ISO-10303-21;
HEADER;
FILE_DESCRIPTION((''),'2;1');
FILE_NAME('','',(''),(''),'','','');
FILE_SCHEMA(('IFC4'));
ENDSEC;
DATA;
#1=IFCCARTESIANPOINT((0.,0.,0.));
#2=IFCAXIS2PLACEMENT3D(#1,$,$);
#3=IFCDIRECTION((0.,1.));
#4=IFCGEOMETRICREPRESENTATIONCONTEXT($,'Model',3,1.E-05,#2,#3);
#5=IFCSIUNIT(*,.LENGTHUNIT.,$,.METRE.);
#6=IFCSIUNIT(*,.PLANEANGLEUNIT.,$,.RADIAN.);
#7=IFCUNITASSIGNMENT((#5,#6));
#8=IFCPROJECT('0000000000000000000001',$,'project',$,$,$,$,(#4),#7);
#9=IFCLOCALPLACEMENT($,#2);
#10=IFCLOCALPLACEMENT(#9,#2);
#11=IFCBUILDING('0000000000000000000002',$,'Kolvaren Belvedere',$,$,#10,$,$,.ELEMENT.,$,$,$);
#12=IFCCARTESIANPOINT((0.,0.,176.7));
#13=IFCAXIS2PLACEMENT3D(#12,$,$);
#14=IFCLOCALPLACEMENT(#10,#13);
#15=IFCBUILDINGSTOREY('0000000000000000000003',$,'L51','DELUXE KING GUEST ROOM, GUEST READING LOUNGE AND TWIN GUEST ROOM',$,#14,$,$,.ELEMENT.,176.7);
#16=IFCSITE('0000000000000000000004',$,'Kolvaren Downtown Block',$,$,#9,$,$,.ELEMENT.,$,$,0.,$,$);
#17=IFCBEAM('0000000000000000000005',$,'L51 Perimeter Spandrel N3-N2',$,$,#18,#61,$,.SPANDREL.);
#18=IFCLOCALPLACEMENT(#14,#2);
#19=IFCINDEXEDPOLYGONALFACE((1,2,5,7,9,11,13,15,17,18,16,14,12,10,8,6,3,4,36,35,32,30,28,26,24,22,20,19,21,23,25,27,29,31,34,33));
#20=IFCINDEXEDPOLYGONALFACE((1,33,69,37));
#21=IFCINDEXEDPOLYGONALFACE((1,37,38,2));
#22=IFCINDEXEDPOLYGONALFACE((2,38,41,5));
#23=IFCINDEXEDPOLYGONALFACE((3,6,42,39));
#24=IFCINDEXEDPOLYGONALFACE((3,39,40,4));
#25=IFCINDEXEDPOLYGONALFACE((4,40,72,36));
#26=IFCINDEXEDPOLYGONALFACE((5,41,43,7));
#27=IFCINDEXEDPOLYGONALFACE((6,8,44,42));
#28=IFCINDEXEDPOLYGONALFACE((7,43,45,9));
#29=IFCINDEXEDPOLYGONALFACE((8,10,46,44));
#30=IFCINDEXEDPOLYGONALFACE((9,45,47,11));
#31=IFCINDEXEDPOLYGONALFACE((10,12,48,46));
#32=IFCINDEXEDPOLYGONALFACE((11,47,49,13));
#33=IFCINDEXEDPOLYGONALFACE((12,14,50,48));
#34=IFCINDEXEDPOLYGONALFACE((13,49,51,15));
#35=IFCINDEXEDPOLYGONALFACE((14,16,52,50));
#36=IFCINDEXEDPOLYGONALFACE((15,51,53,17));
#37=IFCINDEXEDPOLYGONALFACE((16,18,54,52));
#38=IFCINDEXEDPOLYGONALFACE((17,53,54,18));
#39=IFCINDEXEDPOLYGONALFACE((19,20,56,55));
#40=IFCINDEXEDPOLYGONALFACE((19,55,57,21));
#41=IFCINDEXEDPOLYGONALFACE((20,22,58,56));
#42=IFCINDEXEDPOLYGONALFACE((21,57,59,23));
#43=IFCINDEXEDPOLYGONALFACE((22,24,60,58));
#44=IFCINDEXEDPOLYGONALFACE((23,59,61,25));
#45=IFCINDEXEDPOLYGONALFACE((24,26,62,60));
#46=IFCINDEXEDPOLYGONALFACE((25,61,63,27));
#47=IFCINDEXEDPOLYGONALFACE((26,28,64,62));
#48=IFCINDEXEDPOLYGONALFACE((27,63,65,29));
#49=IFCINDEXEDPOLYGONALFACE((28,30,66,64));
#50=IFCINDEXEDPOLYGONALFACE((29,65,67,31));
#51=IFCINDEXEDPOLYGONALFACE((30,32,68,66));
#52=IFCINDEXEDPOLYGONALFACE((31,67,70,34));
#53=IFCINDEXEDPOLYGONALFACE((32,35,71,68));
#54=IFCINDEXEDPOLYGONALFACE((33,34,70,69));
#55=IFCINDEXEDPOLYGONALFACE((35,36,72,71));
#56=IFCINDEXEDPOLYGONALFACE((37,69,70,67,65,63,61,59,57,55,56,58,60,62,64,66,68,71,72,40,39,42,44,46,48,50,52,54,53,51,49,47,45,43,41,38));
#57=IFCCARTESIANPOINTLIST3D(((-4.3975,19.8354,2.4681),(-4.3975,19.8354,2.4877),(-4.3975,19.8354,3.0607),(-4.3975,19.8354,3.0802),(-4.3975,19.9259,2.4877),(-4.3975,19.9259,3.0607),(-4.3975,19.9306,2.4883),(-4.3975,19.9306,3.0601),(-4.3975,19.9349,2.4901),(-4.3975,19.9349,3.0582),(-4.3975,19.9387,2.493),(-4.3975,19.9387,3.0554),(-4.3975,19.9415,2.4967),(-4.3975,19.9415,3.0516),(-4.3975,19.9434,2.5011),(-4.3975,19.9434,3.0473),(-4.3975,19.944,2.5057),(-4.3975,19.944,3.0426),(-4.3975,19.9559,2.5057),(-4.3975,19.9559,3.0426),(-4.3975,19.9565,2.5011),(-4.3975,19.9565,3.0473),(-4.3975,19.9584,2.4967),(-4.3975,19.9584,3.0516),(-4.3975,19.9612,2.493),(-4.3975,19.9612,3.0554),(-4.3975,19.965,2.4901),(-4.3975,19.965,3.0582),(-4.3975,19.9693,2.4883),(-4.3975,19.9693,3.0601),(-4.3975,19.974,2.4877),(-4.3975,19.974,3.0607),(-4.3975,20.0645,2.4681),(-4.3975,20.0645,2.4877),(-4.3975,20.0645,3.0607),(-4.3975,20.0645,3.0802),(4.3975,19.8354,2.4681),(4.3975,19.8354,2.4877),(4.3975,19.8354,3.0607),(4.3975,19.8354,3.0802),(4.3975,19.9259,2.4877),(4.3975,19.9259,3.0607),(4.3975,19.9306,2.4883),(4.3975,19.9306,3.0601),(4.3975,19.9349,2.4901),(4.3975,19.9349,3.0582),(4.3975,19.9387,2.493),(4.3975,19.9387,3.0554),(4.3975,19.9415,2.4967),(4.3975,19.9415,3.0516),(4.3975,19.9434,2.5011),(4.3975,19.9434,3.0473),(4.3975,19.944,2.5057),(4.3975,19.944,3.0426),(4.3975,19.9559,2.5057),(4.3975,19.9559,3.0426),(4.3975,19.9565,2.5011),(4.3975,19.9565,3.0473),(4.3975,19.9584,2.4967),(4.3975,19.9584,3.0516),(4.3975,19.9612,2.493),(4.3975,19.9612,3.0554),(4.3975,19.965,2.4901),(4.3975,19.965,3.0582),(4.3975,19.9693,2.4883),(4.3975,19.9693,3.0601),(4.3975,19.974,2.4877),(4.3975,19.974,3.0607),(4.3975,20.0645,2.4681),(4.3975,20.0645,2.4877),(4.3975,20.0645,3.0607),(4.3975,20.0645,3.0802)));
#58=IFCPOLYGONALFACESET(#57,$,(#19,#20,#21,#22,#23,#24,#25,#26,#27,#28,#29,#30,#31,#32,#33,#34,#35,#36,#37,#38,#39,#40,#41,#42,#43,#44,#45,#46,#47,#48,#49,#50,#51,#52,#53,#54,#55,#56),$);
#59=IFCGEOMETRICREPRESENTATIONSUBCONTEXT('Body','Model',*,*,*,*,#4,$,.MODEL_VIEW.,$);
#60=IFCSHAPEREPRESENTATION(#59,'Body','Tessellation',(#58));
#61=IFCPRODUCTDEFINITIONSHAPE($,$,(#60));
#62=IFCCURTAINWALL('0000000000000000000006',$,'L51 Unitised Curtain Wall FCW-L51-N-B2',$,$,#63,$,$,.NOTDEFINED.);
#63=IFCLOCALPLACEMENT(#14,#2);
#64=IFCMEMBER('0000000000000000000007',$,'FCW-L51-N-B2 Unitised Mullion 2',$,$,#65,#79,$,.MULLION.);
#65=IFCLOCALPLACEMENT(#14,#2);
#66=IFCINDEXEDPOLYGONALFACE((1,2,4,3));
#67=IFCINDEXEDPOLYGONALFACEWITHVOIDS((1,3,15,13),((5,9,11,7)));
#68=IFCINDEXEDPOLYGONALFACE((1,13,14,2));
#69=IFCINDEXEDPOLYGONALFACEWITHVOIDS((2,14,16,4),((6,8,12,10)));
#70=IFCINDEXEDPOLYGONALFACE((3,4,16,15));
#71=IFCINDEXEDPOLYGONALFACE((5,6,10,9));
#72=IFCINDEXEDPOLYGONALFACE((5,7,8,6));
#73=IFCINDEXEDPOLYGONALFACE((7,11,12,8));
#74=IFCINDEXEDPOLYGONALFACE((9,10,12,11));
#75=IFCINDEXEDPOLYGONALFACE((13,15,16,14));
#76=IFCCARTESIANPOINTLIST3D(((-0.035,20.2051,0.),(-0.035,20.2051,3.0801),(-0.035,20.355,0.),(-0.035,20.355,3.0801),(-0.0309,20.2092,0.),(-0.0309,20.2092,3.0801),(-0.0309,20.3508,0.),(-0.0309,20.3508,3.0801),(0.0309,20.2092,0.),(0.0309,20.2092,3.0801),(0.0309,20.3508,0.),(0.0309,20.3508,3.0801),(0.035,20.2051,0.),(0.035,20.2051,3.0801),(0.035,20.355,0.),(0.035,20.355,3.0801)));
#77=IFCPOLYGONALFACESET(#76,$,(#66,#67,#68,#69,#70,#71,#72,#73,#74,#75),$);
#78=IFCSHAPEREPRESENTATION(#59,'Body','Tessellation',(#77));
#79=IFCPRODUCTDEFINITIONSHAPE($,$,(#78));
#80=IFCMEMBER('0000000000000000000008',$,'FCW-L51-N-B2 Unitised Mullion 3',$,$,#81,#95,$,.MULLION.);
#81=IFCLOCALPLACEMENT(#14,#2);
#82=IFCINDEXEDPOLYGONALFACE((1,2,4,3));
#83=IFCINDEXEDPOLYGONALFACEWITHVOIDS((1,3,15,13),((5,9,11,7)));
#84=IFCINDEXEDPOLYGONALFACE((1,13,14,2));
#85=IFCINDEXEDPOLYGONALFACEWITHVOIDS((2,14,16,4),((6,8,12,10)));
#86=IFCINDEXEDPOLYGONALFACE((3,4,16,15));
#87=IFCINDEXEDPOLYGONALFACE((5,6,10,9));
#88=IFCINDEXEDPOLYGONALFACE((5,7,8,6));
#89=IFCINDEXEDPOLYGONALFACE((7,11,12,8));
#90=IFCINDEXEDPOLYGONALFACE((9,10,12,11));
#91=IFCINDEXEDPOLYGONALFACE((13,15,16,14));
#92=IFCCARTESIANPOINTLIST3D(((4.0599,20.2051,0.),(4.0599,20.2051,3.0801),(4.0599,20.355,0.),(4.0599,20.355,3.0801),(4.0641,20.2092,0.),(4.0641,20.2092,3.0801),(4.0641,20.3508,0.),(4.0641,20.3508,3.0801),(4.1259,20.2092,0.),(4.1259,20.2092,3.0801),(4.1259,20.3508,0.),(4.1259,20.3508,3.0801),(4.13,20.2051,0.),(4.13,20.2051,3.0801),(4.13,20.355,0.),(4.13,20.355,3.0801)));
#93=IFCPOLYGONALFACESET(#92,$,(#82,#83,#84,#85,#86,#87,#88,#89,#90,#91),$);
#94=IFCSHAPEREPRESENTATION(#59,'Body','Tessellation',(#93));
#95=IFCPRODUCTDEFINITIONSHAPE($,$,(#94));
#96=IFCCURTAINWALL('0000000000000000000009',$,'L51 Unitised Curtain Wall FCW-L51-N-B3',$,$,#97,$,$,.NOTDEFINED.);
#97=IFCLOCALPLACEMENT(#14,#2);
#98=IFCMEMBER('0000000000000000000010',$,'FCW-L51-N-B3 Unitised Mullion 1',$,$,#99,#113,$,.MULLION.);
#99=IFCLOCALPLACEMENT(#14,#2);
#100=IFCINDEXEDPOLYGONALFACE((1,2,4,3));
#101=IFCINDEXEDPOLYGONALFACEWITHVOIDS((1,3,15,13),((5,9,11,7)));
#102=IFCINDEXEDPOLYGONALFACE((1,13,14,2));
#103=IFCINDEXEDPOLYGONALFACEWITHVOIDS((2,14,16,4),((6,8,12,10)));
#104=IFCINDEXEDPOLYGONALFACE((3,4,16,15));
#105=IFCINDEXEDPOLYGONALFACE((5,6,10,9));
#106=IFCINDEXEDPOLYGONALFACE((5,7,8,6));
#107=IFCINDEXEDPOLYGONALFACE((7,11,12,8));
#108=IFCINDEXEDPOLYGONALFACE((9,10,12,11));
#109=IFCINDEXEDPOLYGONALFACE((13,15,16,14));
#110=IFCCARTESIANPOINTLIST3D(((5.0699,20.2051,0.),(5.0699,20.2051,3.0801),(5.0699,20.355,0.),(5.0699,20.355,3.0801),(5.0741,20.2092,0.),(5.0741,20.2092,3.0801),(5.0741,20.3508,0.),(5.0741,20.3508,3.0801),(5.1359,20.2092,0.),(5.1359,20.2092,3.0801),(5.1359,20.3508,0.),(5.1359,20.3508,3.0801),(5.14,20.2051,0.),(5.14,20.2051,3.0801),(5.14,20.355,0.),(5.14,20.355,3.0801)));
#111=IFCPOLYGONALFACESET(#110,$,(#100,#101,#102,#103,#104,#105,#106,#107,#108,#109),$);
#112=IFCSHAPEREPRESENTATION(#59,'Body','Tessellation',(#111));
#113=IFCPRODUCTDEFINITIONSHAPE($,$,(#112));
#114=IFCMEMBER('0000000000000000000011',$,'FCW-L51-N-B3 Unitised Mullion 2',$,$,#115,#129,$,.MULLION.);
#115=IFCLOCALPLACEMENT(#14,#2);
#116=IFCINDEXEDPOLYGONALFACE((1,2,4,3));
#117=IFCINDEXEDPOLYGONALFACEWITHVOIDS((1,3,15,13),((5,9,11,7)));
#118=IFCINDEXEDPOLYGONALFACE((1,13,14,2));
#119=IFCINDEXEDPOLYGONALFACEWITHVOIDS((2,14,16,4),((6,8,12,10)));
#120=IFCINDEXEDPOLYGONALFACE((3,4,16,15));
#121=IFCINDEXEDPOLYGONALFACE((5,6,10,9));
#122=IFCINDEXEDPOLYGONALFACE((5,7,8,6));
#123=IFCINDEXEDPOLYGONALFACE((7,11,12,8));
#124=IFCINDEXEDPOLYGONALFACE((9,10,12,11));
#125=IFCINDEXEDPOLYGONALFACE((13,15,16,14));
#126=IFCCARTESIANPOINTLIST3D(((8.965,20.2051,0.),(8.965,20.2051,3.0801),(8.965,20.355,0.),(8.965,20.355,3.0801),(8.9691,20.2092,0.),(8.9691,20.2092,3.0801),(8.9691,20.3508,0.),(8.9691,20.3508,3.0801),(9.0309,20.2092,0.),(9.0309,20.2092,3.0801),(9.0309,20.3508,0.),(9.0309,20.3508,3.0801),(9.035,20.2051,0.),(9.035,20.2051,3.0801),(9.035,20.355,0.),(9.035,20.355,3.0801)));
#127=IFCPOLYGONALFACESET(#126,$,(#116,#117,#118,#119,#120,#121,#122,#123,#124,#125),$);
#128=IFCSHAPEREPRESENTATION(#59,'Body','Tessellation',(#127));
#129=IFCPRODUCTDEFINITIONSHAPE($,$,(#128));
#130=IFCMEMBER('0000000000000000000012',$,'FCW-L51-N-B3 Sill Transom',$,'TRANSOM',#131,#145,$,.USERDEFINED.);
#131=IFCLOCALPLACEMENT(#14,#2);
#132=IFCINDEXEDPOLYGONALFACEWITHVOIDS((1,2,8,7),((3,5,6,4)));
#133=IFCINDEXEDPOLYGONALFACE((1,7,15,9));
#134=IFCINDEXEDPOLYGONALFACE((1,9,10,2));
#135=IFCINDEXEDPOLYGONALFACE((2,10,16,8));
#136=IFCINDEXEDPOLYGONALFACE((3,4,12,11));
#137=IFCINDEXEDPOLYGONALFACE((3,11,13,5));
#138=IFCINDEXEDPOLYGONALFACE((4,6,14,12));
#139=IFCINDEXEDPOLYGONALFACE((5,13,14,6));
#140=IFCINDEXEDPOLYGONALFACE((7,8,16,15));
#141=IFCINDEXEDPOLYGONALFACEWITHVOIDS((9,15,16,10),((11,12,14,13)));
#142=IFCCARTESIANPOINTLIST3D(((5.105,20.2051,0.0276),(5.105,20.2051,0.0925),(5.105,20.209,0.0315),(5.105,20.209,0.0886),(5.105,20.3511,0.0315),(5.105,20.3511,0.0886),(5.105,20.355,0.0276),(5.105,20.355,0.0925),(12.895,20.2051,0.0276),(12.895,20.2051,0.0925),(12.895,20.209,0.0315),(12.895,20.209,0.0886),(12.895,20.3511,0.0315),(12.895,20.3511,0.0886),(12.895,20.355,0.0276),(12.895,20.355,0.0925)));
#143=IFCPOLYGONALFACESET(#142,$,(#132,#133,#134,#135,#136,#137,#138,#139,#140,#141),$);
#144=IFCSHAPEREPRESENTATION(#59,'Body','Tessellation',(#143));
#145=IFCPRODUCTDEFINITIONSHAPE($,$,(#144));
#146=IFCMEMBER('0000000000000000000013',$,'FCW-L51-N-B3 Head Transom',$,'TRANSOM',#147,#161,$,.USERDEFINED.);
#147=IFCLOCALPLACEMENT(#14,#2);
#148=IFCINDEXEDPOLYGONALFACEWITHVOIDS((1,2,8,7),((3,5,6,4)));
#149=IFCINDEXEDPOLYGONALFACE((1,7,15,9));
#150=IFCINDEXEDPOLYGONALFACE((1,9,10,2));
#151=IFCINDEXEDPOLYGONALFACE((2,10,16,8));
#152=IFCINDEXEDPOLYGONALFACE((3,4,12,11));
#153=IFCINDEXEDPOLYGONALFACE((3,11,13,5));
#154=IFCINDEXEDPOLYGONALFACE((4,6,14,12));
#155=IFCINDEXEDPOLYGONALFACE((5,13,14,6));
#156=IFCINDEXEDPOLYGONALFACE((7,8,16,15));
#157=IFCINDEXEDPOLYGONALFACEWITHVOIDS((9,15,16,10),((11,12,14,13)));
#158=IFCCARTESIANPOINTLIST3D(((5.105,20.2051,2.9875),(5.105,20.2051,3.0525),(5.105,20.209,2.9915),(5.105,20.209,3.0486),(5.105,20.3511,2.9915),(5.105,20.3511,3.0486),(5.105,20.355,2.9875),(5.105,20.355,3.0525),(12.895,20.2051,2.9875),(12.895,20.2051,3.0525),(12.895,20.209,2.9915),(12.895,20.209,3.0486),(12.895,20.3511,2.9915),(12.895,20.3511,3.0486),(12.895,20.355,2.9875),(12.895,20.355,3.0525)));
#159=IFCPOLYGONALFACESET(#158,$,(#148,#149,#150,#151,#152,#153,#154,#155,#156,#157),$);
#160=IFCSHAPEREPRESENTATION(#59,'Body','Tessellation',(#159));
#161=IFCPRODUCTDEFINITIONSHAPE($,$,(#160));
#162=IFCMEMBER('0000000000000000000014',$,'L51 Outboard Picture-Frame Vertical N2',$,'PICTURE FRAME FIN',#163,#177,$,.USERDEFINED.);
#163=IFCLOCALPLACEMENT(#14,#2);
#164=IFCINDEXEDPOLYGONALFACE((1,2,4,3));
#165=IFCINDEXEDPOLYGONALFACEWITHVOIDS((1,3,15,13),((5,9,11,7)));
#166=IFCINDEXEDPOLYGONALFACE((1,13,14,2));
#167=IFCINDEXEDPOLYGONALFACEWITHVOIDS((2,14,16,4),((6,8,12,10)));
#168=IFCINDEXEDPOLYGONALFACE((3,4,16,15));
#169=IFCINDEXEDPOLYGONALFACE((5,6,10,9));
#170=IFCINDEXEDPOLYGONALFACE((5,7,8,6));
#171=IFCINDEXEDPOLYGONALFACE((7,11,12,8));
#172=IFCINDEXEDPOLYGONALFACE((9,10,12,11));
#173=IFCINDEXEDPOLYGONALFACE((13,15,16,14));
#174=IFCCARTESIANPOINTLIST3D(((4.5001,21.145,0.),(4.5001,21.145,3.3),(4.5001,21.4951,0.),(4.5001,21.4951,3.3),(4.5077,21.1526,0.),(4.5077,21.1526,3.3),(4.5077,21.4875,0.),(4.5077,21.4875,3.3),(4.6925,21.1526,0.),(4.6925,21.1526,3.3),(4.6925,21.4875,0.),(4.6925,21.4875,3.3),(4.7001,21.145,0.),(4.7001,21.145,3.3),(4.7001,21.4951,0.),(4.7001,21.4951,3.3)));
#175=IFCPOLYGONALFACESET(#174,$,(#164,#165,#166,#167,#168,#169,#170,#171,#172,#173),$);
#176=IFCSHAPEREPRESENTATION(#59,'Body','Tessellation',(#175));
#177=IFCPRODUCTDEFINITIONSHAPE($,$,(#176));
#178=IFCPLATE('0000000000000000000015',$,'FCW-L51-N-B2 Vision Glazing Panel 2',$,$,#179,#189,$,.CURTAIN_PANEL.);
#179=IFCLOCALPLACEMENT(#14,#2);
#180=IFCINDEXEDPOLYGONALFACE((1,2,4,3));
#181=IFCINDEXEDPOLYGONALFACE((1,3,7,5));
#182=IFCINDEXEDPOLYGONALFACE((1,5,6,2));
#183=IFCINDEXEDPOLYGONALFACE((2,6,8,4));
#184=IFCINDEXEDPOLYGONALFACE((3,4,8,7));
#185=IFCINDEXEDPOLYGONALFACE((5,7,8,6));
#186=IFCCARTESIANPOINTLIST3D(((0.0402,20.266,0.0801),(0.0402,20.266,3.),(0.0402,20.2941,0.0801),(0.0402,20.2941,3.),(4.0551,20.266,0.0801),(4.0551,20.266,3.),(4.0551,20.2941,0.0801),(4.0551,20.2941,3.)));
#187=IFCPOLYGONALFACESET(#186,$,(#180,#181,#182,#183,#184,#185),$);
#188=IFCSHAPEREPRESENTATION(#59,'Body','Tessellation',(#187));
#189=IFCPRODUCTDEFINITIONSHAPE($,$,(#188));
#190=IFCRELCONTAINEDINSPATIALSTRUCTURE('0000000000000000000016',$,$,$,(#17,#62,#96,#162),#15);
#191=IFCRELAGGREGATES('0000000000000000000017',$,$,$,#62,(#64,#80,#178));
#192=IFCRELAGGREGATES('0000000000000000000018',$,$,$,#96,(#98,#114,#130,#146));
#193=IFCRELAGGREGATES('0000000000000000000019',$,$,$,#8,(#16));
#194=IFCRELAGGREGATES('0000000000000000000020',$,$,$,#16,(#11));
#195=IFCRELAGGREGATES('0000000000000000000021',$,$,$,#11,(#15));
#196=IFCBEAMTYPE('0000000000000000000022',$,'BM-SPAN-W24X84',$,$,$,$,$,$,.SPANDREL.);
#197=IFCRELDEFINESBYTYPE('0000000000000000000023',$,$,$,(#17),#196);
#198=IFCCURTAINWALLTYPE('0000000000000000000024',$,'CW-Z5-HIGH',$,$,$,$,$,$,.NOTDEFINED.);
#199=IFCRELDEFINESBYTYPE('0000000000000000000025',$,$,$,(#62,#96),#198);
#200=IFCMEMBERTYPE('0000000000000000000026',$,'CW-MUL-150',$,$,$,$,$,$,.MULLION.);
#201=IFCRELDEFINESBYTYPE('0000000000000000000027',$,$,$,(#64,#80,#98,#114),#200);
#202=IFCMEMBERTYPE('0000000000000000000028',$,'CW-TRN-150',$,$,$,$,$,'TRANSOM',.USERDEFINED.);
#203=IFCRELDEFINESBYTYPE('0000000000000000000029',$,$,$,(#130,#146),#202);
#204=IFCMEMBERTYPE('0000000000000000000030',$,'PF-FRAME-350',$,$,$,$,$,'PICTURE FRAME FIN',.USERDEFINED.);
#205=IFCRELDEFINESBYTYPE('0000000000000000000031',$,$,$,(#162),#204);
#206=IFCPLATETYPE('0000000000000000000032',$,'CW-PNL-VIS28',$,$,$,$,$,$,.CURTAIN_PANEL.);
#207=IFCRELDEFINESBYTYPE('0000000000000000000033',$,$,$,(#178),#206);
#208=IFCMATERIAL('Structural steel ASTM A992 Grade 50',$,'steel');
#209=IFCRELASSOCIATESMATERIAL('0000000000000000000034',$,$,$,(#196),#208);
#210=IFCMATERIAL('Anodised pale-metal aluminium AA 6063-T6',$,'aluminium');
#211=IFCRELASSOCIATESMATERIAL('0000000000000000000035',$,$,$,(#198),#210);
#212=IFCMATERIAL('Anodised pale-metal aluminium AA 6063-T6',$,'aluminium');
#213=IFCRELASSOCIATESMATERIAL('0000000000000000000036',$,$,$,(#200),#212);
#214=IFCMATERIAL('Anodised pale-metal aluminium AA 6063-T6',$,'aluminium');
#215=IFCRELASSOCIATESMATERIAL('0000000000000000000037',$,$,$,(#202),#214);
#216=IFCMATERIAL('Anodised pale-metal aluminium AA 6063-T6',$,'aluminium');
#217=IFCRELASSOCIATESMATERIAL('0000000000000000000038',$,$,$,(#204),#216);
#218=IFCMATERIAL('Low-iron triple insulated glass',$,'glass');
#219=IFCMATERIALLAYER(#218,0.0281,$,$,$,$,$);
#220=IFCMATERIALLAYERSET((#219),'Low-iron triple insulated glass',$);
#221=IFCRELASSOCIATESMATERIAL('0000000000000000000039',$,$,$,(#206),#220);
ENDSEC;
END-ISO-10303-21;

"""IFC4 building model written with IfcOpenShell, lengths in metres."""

from ifc_helpers import new_model, si_unit, direction, frame, origin, origin_2d, place, context, subcontext, project, spatial, rectangle, hollow_rectangle, i_section, extrude, material, layer, layer_set, material_profile, profile_set, type_object, element, aggregate, save


model = new_model("IFC4")

# Units and contexts
model_context = context("Model", 3, precision=1e-05, world=origin(), true_north=direction((0.0, 1.0)))
body_context = subcontext(model_context, "Body", "Model", "MODEL_VIEW")
ifc_project = project(units=[si_unit("LENGTHUNIT", "METRE"), si_unit("PLANEANGLEUNIT", "RADIAN")], contexts=[model_context])

# Site, building, storey
site_placement = place(None, origin())
site = spatial("IfcSite", under=ifc_project, at=site_placement, Name="Kolvaren Downtown Block", CompositionType="ELEMENT", RefElevation=0.0)
building_placement = place(site_placement, origin())
building = spatial("IfcBuilding", under=site, at=building_placement, Name="Kolvaren Belvedere", CompositionType="ELEMENT")
storey_placement = place(building_placement, frame((0.0, 0.0, 176.7)))
storey = spatial("IfcBuildingStorey", under=building, at=storey_placement, Name="L51", Description="DELUXE KING GUEST ROOM, GUEST READING LOUNGE AND TWIN GUEST ROOM", CompositionType="ELEMENT", Elevation=176.7)

# Beam
ifc_material_1 = material(Name="Structural steel ASTM A992 Grade 50", Category="steel")
ifc_material_profile_1 = material_profile(ifc_material_1, i_section(OverallWidth=0.229, OverallDepth=0.6121, WebThickness=0.012, FlangeThickness=0.0195, FilletRadius=0.0181, at=origin_2d()), Name="W24X84")
ifc_profile_set_1 = profile_set([ifc_material_profile_1], Name="Structural steel ASTM A992 Grade 50")
beam_type_1 = type_object("IfcBeamType", Name="BM-SPAN-W24X84", PredefinedType="SPANDREL", material=ifc_profile_set_1)
beam_1_placement = place(storey_placement, frame((4.3975, 19.95, 2.7742), z_axis=(-1.0, 0.0, 0.0), x_axis=(0.0, -1.0, 0.0)))
element("IfcBeam", 1, at=beam_1_placement, inside=storey, type_object=beam_type_1, Name="L51 Perimeter Spandrel N3-N2", PredefinedType="SPANDREL", context=body_context, shape_type="SweptSolid", body=[
    extrude(i_section(OverallWidth=0.229, OverallDepth=0.6121, WebThickness=0.012, FlangeThickness=0.0195, FilletRadius=0.0181, at=origin_2d()), origin(), (0.0, 0.0, 1.0), 8.7949),
])

# Curtain walls, members
ifc_material_2 = material(Name="Anodised pale-metal aluminium AA 6063-T6", Category="aluminium")
curtain_wall_type = type_object("IfcCurtainWallType", Name="CW-Z5-HIGH", PredefinedType="NOTDEFINED", material=ifc_material_2)
curtain_wall_1_placement = place(storey_placement, origin())
curtain_wall_1 = element("IfcCurtainWall", 2, at=curtain_wall_1_placement, inside=storey, type_object=curtain_wall_type, Name="L51 Unitised Curtain Wall FCW-L51-N-B2", PredefinedType="NOTDEFINED")
ifc_material_3 = material(Name="Anodised pale-metal aluminium AA 6063-T6", Category="aluminium")
ifc_material_profile_2 = material_profile(ifc_material_3, hollow_rectangle(XDim=0.0701, YDim=0.1499, WallThickness=0.0042, at=origin_2d()), Name="ALU-MUL-150X70")
ifc_profile_set_2 = profile_set([ifc_material_profile_2], Name="Anodised pale-metal aluminium AA 6063-T6")
member_type_1 = type_object("IfcMemberType", Name="CW-MUL-150", PredefinedType="MULLION", material=ifc_profile_set_2)
member_1_placement = place(storey_placement, frame((0.0, 20.28, 0.0), z_axis=(0.0, 0.0, 1.0), x_axis=(1.0, 0.0, 0.0)))
member_1 = element("IfcMember", 3, at=member_1_placement, type_object=member_type_1, Name="FCW-L51-N-B2 Unitised Mullion 2", PredefinedType="MULLION", context=body_context, shape_type="SweptSolid", body=[
    extrude(hollow_rectangle(XDim=0.0701, YDim=0.1499, WallThickness=0.0042, at=origin_2d()), origin(), (0.0, 0.0, 1.0), 3.0801),
])
member_2_placement = place(storey_placement, frame((4.095, 20.28, 0.0), z_axis=(0.0, 0.0, 1.0), x_axis=(1.0, 0.0, 0.0)))
member_2 = element("IfcMember", 4, at=member_2_placement, type_object=member_type_1, Name="FCW-L51-N-B2 Unitised Mullion 3", PredefinedType="MULLION", context=body_context, shape_type="SweptSolid", body=[
    extrude(hollow_rectangle(XDim=0.0701, YDim=0.1499, WallThickness=0.0042, at=origin_2d()), origin(), (0.0, 0.0, 1.0), 3.0801),
])
curtain_wall_2_placement = place(storey_placement, origin())
curtain_wall_2 = element("IfcCurtainWall", 5, at=curtain_wall_2_placement, inside=storey, type_object=curtain_wall_type, Name="L51 Unitised Curtain Wall FCW-L51-N-B3", PredefinedType="NOTDEFINED")
member_3_placement = place(storey_placement, frame((5.105, 20.28, 0.0), z_axis=(0.0, 0.0, 1.0), x_axis=(1.0, 0.0, 0.0)))
member_3 = element("IfcMember", 6, at=member_3_placement, type_object=member_type_1, Name="FCW-L51-N-B3 Unitised Mullion 1", PredefinedType="MULLION", context=body_context, shape_type="SweptSolid", body=[
    extrude(hollow_rectangle(XDim=0.0701, YDim=0.1499, WallThickness=0.0042, at=origin_2d()), origin(), (0.0, 0.0, 1.0), 3.0801),
])
member_4_placement = place(storey_placement, frame((9.0, 20.28, 0.0), z_axis=(0.0, 0.0, 1.0), x_axis=(1.0, 0.0, 0.0)))
member_4 = element("IfcMember", 7, at=member_4_placement, type_object=member_type_1, Name="FCW-L51-N-B3 Unitised Mullion 2", PredefinedType="MULLION", context=body_context, shape_type="SweptSolid", body=[
    extrude(hollow_rectangle(XDim=0.0701, YDim=0.1499, WallThickness=0.0042, at=origin_2d()), origin(), (0.0, 0.0, 1.0), 3.0801),
])
ifc_material_4 = material(Name="Anodised pale-metal aluminium AA 6063-T6", Category="aluminium")
ifc_material_profile_3 = material_profile(ifc_material_4, hollow_rectangle(XDim=0.0649, YDim=0.1499, WallThickness=0.0039, at=origin_2d()), Name="ALU-TRN-150X65")
ifc_profile_set_3 = profile_set([ifc_material_profile_3], Name="Anodised pale-metal aluminium AA 6063-T6")
member_type_2 = type_object("IfcMemberType", Name="CW-TRN-150", ElementType="TRANSOM", PredefinedType="USERDEFINED", material=ifc_profile_set_3)
member_5_placement = place(storey_placement, frame((5.105, 20.28, 0.0601), z_axis=(1.0, 0.0, 0.0), x_axis=(0.0, 0.0, 1.0)))
member_5 = element("IfcMember", 8, at=member_5_placement, type_object=member_type_2, Name="FCW-L51-N-B3 Sill Transom", ObjectType="TRANSOM", PredefinedType="USERDEFINED", context=body_context, shape_type="SweptSolid", body=[
    extrude(hollow_rectangle(XDim=0.0649, YDim=0.1499, WallThickness=0.0039, at=origin_2d()), origin(), (0.0, 0.0, 1.0), 7.79),
])
member_6_placement = place(storey_placement, frame((5.105, 20.28, 3.02), z_axis=(1.0, 0.0, 0.0), x_axis=(0.0, 0.0, 1.0)))
member_6 = element("IfcMember", 9, at=member_6_placement, type_object=member_type_2, Name="FCW-L51-N-B3 Head Transom", ObjectType="TRANSOM", PredefinedType="USERDEFINED", context=body_context, shape_type="SweptSolid", body=[
    extrude(hollow_rectangle(XDim=0.0649, YDim=0.1499, WallThickness=0.0039, at=origin_2d()), origin(), (0.0, 0.0, 1.0), 7.79),
])

# Member
ifc_material_5 = material(Name="Anodised pale-metal aluminium AA 6063-T6", Category="aluminium")
ifc_material_profile_4 = material_profile(ifc_material_5, hollow_rectangle(XDim=0.2, YDim=0.3501, WallThickness=0.0076, at=origin_2d()), Name="ALU-PF-350X200")
ifc_profile_set_4 = profile_set([ifc_material_profile_4], Name="Anodised pale-metal aluminium AA 6063-T6")
member_type_3 = type_object("IfcMemberType", Name="PF-FRAME-350", ElementType="PICTURE FRAME FIN", PredefinedType="USERDEFINED", material=ifc_profile_set_4)
member_7_placement = place(storey_placement, frame((4.6001, 21.3201, 0.0), z_axis=(0.0, 0.0, 1.0), x_axis=(1.0, 0.0, 0.0)))
element("IfcMember", 10, at=member_7_placement, inside=storey, type_object=member_type_3, Name="L51 Outboard Picture-Frame Vertical N2", ObjectType="PICTURE FRAME FIN", PredefinedType="USERDEFINED", context=body_context, shape_type="SweptSolid", body=[
    extrude(hollow_rectangle(XDim=0.2, YDim=0.3501, WallThickness=0.0076, at=origin_2d()), origin(), (0.0, 0.0, 1.0), 3.3),
])

# Plate
ifc_material_6 = material(Name="Low-iron triple insulated glass", Category="glass")
ifc_layer_1 = layer(ifc_material_6, 0.0281)
ifc_layer_set_1 = layer_set([ifc_layer_1], Name="Low-iron triple insulated glass")
plate_type_1 = type_object("IfcPlateType", Name="CW-PNL-VIS28", PredefinedType="CURTAIN_PANEL", material=ifc_layer_set_1)
plate_1_placement = place(storey_placement, frame((2.0476, 20.28, 0.0801), z_axis=(0.0, 0.0, 1.0), x_axis=(1.0, 0.0, 0.0)))
plate_1 = element("IfcPlate", 11, at=plate_1_placement, type_object=plate_type_1, Name="FCW-L51-N-B2 Vision Glazing Panel 2", PredefinedType="CURTAIN_PANEL", context=body_context, shape_type="SweptSolid", body=[
    extrude(rectangle(XDim=4.0149, YDim=0.0281, at=origin_2d()), origin(), (0.0, 0.0, 1.0), 2.9199),
])
aggregate(curtain_wall_1, [member_1, member_2, plate_1])
aggregate(curtain_wall_2, [member_3, member_4, member_5, member_6])

save(model, "model.ifc")
